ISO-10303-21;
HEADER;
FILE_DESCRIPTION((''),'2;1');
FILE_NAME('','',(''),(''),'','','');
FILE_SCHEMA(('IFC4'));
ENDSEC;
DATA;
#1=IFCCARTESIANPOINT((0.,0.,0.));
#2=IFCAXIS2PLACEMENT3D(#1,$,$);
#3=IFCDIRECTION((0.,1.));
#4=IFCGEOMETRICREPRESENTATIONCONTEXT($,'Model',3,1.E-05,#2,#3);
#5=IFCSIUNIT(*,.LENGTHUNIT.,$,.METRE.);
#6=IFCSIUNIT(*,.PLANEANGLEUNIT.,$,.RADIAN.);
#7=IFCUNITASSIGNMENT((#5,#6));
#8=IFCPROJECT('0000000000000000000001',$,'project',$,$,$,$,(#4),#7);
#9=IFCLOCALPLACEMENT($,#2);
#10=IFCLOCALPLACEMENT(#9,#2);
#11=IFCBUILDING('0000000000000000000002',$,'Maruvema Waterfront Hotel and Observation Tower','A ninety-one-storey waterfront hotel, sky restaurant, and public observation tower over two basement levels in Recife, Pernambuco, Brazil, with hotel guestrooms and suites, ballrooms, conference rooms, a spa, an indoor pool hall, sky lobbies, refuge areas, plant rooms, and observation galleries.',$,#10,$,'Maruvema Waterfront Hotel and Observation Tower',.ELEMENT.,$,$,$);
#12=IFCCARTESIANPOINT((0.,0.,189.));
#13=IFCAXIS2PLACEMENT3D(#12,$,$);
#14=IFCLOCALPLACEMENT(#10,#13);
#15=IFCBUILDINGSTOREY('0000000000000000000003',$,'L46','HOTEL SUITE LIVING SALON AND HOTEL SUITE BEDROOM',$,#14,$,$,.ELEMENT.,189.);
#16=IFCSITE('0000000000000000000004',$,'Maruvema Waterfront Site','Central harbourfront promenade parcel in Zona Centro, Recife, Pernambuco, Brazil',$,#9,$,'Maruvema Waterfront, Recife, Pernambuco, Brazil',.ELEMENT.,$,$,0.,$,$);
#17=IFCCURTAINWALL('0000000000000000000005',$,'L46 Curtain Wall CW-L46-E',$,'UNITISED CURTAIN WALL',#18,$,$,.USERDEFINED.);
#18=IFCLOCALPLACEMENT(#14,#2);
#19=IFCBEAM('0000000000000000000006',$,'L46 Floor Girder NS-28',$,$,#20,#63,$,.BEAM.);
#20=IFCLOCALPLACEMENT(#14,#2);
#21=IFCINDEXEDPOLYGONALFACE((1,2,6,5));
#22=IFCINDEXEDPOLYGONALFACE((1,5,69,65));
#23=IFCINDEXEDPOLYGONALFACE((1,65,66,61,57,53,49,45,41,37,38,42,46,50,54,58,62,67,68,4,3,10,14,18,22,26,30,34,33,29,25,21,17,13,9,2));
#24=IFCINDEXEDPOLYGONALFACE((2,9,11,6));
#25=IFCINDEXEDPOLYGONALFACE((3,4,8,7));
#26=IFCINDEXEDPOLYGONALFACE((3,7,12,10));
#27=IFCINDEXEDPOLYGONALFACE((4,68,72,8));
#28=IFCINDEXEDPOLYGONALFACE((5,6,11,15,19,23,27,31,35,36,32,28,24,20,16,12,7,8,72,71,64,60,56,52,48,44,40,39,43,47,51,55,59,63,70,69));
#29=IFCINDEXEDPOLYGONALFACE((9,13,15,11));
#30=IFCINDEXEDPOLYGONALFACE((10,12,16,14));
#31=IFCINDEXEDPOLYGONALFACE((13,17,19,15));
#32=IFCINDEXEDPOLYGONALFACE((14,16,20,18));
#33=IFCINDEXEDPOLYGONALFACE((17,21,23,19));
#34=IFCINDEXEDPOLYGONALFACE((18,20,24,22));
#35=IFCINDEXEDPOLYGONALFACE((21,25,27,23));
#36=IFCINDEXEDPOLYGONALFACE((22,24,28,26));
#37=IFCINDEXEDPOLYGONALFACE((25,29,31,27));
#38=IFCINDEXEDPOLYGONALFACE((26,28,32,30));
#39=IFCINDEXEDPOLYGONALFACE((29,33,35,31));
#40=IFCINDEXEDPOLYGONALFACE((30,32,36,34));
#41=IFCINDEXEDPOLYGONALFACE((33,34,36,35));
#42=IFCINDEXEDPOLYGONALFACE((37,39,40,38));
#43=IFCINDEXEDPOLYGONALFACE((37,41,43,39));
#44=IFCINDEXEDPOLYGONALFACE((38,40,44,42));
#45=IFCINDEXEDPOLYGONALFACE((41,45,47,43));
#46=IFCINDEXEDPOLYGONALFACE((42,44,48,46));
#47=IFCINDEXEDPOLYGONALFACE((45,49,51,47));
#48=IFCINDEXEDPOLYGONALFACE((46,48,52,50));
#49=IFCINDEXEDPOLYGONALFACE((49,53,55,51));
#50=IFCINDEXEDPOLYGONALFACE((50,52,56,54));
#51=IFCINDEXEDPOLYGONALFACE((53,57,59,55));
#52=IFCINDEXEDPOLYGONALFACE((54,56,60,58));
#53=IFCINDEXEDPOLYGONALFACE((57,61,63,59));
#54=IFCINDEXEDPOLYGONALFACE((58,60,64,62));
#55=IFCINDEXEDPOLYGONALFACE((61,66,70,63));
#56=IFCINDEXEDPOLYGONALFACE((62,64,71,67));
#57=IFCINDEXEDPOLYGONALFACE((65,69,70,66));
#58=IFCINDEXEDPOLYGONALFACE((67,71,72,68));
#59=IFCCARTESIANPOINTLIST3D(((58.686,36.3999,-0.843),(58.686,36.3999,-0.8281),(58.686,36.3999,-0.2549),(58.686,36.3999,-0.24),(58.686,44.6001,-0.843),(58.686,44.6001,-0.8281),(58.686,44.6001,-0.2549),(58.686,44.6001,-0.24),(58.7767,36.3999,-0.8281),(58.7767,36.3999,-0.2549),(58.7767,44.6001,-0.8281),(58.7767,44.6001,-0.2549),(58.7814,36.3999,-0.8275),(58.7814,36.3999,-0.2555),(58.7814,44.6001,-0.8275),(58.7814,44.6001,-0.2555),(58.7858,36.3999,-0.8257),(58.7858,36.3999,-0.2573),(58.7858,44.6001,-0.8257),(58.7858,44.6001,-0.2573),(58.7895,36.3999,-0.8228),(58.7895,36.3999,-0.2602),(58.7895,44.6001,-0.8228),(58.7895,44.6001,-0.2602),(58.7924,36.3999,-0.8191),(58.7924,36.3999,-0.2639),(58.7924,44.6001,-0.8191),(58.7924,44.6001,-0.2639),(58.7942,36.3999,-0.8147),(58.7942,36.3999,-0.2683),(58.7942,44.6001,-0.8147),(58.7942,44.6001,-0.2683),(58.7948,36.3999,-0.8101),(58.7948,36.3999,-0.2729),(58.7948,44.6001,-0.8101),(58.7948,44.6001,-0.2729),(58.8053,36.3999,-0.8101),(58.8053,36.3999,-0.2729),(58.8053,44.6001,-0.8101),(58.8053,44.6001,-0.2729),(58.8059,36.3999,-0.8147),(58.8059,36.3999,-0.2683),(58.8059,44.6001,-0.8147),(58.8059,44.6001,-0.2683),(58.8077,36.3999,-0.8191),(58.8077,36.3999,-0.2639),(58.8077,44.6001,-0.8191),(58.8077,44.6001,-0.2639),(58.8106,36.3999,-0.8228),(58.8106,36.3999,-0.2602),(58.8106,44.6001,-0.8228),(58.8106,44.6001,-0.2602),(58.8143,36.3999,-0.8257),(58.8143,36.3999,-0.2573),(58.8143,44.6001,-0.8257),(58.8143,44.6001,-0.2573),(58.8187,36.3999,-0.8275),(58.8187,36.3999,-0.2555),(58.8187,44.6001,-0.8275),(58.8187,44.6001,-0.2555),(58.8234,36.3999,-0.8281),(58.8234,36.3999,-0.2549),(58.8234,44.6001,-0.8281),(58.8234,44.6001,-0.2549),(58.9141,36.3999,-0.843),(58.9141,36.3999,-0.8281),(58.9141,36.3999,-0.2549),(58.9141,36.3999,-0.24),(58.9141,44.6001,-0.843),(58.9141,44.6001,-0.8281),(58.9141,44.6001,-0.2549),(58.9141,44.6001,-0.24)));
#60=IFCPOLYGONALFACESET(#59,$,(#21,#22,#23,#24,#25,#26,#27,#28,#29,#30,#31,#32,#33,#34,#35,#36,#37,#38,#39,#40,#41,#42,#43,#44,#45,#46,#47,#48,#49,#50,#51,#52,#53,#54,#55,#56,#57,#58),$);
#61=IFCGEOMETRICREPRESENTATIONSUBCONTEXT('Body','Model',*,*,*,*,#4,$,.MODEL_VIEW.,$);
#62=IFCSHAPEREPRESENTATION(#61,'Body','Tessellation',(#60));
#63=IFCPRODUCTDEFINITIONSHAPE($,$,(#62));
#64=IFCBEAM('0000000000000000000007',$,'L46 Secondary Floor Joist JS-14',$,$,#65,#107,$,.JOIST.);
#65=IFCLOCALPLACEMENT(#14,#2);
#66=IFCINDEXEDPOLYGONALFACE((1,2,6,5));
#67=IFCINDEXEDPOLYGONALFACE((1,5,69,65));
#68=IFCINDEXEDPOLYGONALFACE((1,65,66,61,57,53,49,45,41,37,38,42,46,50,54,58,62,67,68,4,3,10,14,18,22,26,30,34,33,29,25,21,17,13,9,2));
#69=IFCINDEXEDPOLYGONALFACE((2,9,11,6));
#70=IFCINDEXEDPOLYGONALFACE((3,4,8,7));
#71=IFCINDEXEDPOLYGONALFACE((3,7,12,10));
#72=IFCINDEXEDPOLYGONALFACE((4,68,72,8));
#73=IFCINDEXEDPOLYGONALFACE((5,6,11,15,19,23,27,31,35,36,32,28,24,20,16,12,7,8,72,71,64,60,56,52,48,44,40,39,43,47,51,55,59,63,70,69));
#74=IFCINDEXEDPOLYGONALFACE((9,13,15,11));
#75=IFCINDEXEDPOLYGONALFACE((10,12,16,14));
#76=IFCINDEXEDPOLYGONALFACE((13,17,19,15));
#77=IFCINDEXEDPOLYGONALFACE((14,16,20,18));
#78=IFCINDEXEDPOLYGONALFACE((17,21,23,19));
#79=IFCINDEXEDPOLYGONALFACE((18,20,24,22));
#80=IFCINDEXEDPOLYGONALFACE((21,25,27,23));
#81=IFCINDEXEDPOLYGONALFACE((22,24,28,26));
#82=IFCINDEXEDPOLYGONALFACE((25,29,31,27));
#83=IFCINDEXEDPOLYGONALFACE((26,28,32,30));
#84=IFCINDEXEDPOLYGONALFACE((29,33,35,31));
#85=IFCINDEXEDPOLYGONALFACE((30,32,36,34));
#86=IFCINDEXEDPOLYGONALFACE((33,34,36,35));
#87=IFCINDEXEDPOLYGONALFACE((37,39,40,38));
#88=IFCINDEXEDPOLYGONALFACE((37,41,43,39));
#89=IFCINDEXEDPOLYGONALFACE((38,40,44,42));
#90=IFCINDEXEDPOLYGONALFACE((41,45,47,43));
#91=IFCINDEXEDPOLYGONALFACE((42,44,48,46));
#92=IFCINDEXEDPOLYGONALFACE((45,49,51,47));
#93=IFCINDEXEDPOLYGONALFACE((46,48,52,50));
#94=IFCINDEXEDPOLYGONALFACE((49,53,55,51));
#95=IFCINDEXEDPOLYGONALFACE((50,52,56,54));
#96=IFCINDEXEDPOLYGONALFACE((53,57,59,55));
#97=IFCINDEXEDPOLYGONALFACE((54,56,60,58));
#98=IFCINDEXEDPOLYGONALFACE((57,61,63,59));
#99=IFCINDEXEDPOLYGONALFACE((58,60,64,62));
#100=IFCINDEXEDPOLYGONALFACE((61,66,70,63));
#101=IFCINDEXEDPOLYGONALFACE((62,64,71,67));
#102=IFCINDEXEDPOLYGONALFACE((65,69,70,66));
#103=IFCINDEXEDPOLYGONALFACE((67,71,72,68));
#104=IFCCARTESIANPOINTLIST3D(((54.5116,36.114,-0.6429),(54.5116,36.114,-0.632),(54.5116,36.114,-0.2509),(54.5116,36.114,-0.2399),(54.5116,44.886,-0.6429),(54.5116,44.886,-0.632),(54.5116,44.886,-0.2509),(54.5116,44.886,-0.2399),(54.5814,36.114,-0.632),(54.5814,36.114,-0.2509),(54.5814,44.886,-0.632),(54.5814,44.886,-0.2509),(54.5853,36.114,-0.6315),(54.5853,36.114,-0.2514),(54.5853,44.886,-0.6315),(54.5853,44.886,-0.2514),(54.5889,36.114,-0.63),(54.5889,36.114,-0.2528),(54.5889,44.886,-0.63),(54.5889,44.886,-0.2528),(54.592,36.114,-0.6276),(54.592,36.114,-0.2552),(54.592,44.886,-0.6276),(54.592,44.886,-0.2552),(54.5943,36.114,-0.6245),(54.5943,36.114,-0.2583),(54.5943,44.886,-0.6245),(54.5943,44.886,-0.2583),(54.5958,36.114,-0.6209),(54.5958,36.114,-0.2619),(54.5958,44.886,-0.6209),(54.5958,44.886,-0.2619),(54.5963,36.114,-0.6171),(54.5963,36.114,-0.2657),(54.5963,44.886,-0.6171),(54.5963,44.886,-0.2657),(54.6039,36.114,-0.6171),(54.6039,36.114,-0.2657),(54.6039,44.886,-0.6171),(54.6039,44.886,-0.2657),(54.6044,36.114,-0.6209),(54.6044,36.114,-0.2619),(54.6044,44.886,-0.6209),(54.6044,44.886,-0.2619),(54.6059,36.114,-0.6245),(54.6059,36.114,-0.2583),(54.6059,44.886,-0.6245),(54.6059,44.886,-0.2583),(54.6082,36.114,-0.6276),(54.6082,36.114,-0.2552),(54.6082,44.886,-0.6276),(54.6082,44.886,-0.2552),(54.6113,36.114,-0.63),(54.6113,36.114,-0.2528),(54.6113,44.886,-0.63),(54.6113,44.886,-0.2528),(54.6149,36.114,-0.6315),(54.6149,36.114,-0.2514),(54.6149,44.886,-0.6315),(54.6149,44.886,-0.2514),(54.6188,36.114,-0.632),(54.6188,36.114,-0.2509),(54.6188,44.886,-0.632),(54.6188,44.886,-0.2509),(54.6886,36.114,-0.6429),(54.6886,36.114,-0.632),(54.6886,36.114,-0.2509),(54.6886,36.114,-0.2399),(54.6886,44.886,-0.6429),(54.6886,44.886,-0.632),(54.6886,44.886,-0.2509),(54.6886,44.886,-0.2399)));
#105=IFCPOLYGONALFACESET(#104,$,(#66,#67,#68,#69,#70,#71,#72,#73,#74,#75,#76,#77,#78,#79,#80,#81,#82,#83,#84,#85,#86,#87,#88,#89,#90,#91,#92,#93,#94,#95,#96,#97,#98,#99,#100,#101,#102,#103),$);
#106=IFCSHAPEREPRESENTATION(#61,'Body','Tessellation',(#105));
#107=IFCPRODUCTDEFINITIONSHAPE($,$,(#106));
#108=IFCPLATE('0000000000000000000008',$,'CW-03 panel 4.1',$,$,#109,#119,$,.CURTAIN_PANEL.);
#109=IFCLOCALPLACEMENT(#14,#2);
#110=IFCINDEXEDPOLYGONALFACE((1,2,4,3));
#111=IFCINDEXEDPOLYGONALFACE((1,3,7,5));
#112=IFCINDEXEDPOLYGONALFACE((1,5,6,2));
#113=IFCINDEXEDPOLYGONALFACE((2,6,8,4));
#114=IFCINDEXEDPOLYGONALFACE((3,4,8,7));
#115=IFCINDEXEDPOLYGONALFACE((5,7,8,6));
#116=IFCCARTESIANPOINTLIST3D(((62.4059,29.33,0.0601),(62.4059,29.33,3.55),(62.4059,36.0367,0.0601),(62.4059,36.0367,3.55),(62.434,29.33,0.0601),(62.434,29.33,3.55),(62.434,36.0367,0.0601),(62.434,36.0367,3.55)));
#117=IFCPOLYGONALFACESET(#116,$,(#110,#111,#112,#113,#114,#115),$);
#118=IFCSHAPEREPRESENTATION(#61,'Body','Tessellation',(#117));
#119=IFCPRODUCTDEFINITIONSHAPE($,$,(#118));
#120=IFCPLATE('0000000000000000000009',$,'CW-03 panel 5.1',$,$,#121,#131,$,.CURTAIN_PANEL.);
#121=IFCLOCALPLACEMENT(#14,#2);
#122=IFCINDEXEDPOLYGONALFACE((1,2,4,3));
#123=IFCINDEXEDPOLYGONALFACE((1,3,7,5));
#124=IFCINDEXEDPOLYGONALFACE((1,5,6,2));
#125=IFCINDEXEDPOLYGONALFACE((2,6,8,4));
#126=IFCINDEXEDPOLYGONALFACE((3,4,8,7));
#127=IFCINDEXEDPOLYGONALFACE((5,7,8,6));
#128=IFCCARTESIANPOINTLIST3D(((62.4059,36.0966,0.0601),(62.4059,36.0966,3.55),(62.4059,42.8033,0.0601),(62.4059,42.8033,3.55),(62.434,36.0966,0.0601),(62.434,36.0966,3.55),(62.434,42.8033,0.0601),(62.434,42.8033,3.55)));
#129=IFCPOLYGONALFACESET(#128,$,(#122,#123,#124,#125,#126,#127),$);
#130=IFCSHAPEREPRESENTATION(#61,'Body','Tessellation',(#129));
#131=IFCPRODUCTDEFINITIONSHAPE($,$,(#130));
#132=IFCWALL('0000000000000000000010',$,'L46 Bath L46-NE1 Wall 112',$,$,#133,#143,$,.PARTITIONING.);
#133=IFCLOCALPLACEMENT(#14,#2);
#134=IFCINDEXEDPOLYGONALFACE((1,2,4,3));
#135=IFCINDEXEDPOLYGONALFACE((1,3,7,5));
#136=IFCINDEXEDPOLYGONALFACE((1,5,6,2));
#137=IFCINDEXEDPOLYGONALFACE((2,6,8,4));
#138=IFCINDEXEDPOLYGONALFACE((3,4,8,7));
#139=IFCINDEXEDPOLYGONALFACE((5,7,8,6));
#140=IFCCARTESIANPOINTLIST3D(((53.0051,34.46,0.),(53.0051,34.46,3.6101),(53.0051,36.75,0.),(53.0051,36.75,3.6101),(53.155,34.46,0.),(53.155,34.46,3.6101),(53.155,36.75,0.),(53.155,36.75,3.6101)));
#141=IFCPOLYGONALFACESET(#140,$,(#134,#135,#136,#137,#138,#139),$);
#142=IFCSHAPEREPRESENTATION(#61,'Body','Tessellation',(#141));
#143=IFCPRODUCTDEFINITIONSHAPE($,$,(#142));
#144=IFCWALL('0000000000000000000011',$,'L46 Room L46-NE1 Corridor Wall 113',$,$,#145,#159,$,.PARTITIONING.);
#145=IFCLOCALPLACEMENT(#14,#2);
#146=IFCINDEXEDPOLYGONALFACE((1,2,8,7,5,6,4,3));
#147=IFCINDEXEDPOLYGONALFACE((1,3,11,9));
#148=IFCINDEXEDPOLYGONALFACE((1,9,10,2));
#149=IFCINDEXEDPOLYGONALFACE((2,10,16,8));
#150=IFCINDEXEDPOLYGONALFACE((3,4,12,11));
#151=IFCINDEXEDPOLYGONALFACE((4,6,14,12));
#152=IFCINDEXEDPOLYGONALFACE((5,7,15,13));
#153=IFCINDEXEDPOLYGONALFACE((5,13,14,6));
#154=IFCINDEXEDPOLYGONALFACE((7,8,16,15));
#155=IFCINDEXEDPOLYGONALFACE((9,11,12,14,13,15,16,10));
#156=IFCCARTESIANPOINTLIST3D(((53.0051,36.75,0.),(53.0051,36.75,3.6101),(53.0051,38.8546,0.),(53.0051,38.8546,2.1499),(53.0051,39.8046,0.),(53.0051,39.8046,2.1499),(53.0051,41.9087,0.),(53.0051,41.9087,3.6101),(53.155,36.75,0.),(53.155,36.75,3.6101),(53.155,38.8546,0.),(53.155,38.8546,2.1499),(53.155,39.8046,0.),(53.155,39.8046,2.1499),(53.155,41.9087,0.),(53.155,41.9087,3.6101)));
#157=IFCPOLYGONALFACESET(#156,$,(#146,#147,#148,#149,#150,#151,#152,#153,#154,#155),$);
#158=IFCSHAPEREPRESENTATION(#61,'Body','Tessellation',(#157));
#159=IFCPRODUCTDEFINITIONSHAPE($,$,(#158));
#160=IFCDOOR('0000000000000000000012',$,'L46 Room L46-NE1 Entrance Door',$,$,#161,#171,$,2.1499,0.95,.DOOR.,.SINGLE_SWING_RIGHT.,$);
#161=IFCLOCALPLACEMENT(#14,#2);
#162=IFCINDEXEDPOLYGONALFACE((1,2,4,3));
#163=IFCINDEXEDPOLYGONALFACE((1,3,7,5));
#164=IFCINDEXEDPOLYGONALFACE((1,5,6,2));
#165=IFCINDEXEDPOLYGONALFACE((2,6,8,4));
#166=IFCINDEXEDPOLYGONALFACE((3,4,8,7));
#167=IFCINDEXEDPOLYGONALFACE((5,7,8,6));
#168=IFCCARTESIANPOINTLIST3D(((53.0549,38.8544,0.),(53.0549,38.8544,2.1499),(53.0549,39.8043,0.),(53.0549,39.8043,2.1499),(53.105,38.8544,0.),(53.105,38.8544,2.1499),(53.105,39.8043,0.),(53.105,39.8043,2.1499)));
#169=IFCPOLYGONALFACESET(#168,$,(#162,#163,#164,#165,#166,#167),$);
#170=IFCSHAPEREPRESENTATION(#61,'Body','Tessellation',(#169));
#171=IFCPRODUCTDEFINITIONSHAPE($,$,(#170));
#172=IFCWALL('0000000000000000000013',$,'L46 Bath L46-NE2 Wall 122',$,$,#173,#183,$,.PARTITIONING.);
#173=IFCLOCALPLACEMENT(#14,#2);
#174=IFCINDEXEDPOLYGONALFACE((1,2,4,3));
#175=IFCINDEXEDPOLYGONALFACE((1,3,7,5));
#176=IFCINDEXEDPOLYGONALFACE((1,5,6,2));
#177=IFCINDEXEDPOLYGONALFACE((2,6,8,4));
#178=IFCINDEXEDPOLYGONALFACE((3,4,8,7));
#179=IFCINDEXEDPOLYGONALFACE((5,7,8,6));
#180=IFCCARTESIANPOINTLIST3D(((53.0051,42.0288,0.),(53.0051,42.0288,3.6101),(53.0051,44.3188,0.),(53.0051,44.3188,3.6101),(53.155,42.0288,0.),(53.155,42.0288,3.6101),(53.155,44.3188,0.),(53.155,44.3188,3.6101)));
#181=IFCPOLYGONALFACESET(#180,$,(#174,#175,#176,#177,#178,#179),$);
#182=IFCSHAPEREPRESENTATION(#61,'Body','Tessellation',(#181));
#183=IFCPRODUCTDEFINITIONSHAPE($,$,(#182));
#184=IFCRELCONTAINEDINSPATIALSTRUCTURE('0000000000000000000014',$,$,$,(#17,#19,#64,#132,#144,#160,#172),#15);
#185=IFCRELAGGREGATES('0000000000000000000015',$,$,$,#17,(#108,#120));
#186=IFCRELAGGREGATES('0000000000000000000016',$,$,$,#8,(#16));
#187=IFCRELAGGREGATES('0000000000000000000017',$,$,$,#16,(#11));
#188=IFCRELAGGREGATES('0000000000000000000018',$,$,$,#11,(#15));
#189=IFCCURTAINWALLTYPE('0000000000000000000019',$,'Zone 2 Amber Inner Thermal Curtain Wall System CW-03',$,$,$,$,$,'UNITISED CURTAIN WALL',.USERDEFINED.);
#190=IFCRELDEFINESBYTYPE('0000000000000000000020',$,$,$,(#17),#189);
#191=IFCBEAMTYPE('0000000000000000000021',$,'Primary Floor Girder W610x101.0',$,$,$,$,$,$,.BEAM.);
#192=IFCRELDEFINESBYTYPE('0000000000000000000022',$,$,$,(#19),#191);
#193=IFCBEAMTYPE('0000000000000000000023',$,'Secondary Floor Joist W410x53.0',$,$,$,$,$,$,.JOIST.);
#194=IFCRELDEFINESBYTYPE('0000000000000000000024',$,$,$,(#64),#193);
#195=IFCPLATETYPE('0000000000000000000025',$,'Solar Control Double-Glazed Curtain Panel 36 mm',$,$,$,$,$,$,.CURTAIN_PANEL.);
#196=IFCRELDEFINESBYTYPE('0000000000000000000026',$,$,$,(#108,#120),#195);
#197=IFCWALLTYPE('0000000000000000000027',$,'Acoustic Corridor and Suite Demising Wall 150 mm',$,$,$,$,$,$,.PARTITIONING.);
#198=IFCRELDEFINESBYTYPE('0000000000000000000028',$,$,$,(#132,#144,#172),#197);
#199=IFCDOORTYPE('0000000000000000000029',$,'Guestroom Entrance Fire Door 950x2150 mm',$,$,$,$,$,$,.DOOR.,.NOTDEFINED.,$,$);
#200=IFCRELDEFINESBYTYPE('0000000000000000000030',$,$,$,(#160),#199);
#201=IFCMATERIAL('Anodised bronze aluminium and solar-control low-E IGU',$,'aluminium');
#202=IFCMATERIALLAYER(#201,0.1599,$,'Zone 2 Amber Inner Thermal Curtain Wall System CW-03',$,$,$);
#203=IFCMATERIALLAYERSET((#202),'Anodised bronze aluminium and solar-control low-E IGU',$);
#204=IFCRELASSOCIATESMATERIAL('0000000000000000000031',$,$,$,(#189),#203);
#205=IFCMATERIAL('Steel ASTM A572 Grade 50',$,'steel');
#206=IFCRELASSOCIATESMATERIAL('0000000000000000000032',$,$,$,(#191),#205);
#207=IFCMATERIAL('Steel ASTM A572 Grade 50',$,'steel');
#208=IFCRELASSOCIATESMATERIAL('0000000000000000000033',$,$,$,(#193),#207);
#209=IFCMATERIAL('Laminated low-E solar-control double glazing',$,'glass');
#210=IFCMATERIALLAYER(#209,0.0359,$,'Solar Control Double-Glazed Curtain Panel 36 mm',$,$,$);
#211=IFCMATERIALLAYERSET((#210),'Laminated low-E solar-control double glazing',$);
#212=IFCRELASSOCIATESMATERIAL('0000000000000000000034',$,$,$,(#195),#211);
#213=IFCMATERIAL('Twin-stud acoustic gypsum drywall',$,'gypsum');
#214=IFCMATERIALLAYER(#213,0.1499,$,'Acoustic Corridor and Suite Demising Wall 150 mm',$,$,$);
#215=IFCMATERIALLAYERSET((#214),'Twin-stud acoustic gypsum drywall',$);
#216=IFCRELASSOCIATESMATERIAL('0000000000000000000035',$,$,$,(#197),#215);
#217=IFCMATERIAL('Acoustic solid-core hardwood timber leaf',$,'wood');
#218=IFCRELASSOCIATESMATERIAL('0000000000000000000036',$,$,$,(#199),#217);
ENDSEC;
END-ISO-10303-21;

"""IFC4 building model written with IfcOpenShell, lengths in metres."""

from ifc_helpers import new_model, si_unit, direction, frame, frame_2d, origin, origin_2d, place, context, subcontext, project, spatial, rectangle, i_section, extrude, material, layer, layer_set, material_profile, profile_set, type_object, element, fill, aggregate, save


model = new_model("IFC4")

# Units and contexts
model_context = context("Model", 3, precision=1e-05, world=origin(), true_north=direction((0.0, 1.0)))
body_context = subcontext(model_context, "Body", "Model", "MODEL_VIEW")
ifc_project = project(units=[si_unit("LENGTHUNIT", "METRE"), si_unit("PLANEANGLEUNIT", "RADIAN")], contexts=[model_context])

# Site, building, storey
site_placement = place(None, origin())
site = spatial("IfcSite", under=ifc_project, at=site_placement, Name="Maruvema Waterfront Site", Description="Central harbourfront promenade parcel in Zona Centro, Recife, Pernambuco, Brazil", LongName="Maruvema Waterfront, Recife, Pernambuco, Brazil", CompositionType="ELEMENT", RefElevation=0.0)
building_placement = place(site_placement, origin())
building = spatial("IfcBuilding", under=site, at=building_placement, Name="Maruvema Waterfront Hotel and Observation Tower", Description="A ninety-one-storey waterfront hotel, sky restaurant, and public observation tower over two basement levels in Recife, Pernambuco, Brazil, with hotel guestrooms and suites, ballrooms, conference rooms, a spa, an indoor pool hall, sky lobbies, refuge areas, plant rooms, and observation galleries.", LongName="Maruvema Waterfront Hotel and Observation Tower", CompositionType="ELEMENT")
storey_placement = place(building_placement, frame((0.0, 0.0, 189.0)))
storey = spatial("IfcBuildingStorey", under=building, at=storey_placement, Name="L46", Description="HOTEL SUITE LIVING SALON AND HOTEL SUITE BEDROOM", CompositionType="ELEMENT", Elevation=189.0)

# Curtain wall
ifc_material_1 = material(Name="Anodised bronze aluminium and solar-control low-E IGU", Category="aluminium")
ifc_layer_1 = layer(ifc_material_1, 0.1599, Name="Zone 2 Amber Inner Thermal Curtain Wall System CW-03")
ifc_layer_set_1 = layer_set([ifc_layer_1], Name="Anodised bronze aluminium and solar-control low-E IGU")
curtain_wall_type = type_object("IfcCurtainWallType", Name="Zone 2 Amber Inner Thermal Curtain Wall System CW-03", ElementType="UNITISED CURTAIN WALL", PredefinedType="USERDEFINED", material=ifc_layer_set_1)
curtain_wall_placement = place(storey_placement, origin())
curtain_wall = element("IfcCurtainWall", 1, at=curtain_wall_placement, inside=storey, type_object=curtain_wall_type, Name="L46 Curtain Wall CW-L46-E", ObjectType="UNITISED CURTAIN WALL", PredefinedType="USERDEFINED")

# Beams
ifc_material_2 = material(Name="Steel ASTM A572 Grade 50", Category="steel")
ifc_material_profile_1 = material_profile(ifc_material_2, i_section(OverallWidth=0.228, OverallDepth=0.603, WebThickness=0.0105, FlangeThickness=0.0149, FilletRadius=0.0181, at=origin_2d()), Name="W610x101.0")
ifc_profile_set_1 = profile_set([ifc_material_profile_1], Name="Steel ASTM A572 Grade 50")
beam_type_1 = type_object("IfcBeamType", Name="Primary Floor Girder W610x101.0", PredefinedType="BEAM", material=ifc_profile_set_1)
beam_1_placement = place(storey_placement, frame((58.8, 36.3999, -0.5415), z_axis=(0.0, 1.0, 0.0), x_axis=(-1.0, 0.0, 0.0)))
element("IfcBeam", 2, at=beam_1_placement, inside=storey, type_object=beam_type_1, Name="L46 Floor Girder NS-28", PredefinedType="BEAM", context=body_context, shape_type="SweptSolid", body=[
    extrude(i_section(OverallWidth=0.228, OverallDepth=0.603, WebThickness=0.0105, FlangeThickness=0.0149, FilletRadius=0.0181, at=origin_2d()), origin(), (0.0, 0.0, 1.0), 8.2002),
])
ifc_material_3 = material(Name="Steel ASTM A572 Grade 50", Category="steel")
ifc_material_profile_2 = material_profile(ifc_material_3, i_section(OverallWidth=0.177, OverallDepth=0.4031, WebThickness=0.0076, FlangeThickness=0.011, FilletRadius=0.0149, at=origin_2d()), Name="W410x53.0")
ifc_profile_set_2 = profile_set([ifc_material_profile_2], Name="Steel ASTM A572 Grade 50")
beam_type_2 = type_object("IfcBeamType", Name="Secondary Floor Joist W410x53.0", PredefinedType="JOIST", material=ifc_profile_set_2)
beam_2_placement = place(storey_placement, frame((54.6001, 36.114, -0.4414), z_axis=(0.0, 1.0, 0.0), x_axis=(-1.0, 0.0, 0.0)))
element("IfcBeam", 3, at=beam_2_placement, inside=storey, type_object=beam_type_2, Name="L46 Secondary Floor Joist JS-14", PredefinedType="JOIST", context=body_context, shape_type="SweptSolid", body=[
    extrude(i_section(OverallWidth=0.177, OverallDepth=0.4031, WebThickness=0.0076, FlangeThickness=0.011, FilletRadius=0.0149, at=origin_2d()), origin(), (0.0, 0.0, 1.0), 8.772),
])

# Plates
ifc_material_4 = material(Name="Laminated low-E solar-control double glazing", Category="glass")
ifc_layer_2 = layer(ifc_material_4, 0.0359, Name="Solar Control Double-Glazed Curtain Panel 36 mm")
ifc_layer_set_2 = layer_set([ifc_layer_2], Name="Laminated low-E solar-control double glazing")
plate_type = type_object("IfcPlateType", Name="Solar Control Double-Glazed Curtain Panel 36 mm", PredefinedType="CURTAIN_PANEL", material=ifc_layer_set_2)
plate_1_placement = place(storey_placement, frame((62.4199, 32.6833, 0.0601), z_axis=(0.0, 0.0, 1.0), x_axis=(0.0, 1.0, 0.0)))
plate_1 = element("IfcPlate", 4, at=plate_1_placement, type_object=plate_type, Name="CW-03 panel 4.1", PredefinedType="CURTAIN_PANEL", context=body_context, shape_type="SweptSolid", body=[
    extrude(rectangle(XDim=6.7068, YDim=0.0281, at=origin_2d()), origin(), (0.0, 0.0, 1.0), 3.49),
])
plate_2_placement = place(storey_placement, frame((62.4199, 39.45, 0.0601), z_axis=(0.0, 0.0, 1.0), x_axis=(0.0, 1.0, 0.0)))
plate_2 = element("IfcPlate", 5, at=plate_2_placement, type_object=plate_type, Name="CW-03 panel 5.1", PredefinedType="CURTAIN_PANEL", context=body_context, shape_type="SweptSolid", body=[
    extrude(rectangle(XDim=6.7068, YDim=0.0281, at=origin_2d()), origin(), (0.0, 0.0, 1.0), 3.49),
])
aggregate(curtain_wall, [plate_1, plate_2])

# Wall
ifc_material_5 = material(Name="Twin-stud acoustic gypsum drywall", Category="gypsum")
ifc_layer_3 = layer(ifc_material_5, 0.1499, Name="Acoustic Corridor and Suite Demising Wall 150 mm")
ifc_layer_set_3 = layer_set([ifc_layer_3], Name="Twin-stud acoustic gypsum drywall")
wall_type_1 = type_object("IfcWallType", Name="Acoustic Corridor and Suite Demising Wall 150 mm", PredefinedType="PARTITIONING", material=ifc_layer_set_3)
wall_1_placement = place(storey_placement, frame((53.0801, 34.46, 0.0), z_axis=(0.0, 0.0, 1.0), x_axis=(0.0, 1.0, 0.0)))
element("IfcWall", 6, at=wall_1_placement, inside=storey, type_object=wall_type_1, Name="L46 Bath L46-NE1 Wall 112", PredefinedType="PARTITIONING", context=body_context, shape_type="SweptSolid", body=[
    extrude(rectangle(XDim=2.29, YDim=0.1499, at=frame_2d((1.145, 0.0))), origin(), (0.0, 0.0, 1.0), 3.6101),
])

# Wall, opening, door
wall_2_placement = place(storey_placement, frame((53.0801, 36.75, 0.0), z_axis=(0.0, 0.0, 1.0), x_axis=(0.0, 1.0, 0.0)))
wall_2 = element("IfcWall", 7, at=wall_2_placement, inside=storey, type_object=wall_type_1, Name="L46 Room L46-NE1 Corridor Wall 113", PredefinedType="PARTITIONING", context=body_context, shape_type="SweptSolid", body=[
    extrude(rectangle(XDim=5.1587, YDim=0.1499, at=frame_2d((2.5793, 0.0))), origin(), (0.0, 0.0, 1.0), 3.6101),
])
opening_1_placement = place(wall_2_placement, frame((2.1045, 0.0, 0.0)))
opening_1 = element("IfcOpeningElement", 8, at=opening_1_placement, cuts=wall_2, PredefinedType="OPENING", context=body_context, shape_type="SweptSolid", body=[
    extrude(rectangle(XDim=0.95, YDim=2.1499, at=frame_2d((0.4751, 1.075))), frame((0.0, 0.085, 0.0), z_axis=(0.0, -1.0, 0.0), x_axis=(1.0, 0.0, 0.0)), (0.0, 0.0, 1.0), 0.1699),
])
ifc_material_6 = material(Name="Acoustic solid-core hardwood timber leaf", Category="wood")
door_type_1 = type_object("IfcDoorType", Name="Guestroom Entrance Fire Door 950x2150 mm", OperationType="NOTDEFINED", PredefinedType="DOOR", material=ifc_material_6)
door_1_placement = place(opening_1_placement, frame((0.95, 0.0, 0.0), z_axis=(0.0, 0.0, 1.0), x_axis=(-1.0, 0.0, 0.0)))
door_1 = element("IfcDoor", 9, at=door_1_placement, inside=storey, type_object=door_type_1, Name="L46 Room L46-NE1 Entrance Door", OperationType="SINGLE_SWING_RIGHT", OverallHeight=2.1499, OverallWidth=0.95, PredefinedType="DOOR", context=body_context, shape_type="SweptSolid", body=[
    extrude(rectangle(XDim=0.95, YDim=2.1499, at=frame_2d((0.4751, 1.075))), frame((0.0, 0.0249, 0.0), z_axis=(0.0, -1.0, 0.0), x_axis=(1.0, 0.0, 0.0)), (0.0, 0.0, 1.0), 0.05),
])
fill(opening_1, door_1)

# Wall
wall_3_placement = place(storey_placement, frame((53.0801, 42.0288, 0.0), z_axis=(0.0, 0.0, 1.0), x_axis=(0.0, 1.0, 0.0)))
element("IfcWall", 10, at=wall_3_placement, inside=storey, type_object=wall_type_1, Name="L46 Bath L46-NE2 Wall 122", PredefinedType="PARTITIONING", context=body_context, shape_type="SweptSolid", body=[
    extrude(rectangle(XDim=2.29, YDim=0.1499, at=frame_2d((1.145, 0.0))), origin(), (0.0, 0.0, 1.0), 3.6101),
])

save(model, "model.ifc")
